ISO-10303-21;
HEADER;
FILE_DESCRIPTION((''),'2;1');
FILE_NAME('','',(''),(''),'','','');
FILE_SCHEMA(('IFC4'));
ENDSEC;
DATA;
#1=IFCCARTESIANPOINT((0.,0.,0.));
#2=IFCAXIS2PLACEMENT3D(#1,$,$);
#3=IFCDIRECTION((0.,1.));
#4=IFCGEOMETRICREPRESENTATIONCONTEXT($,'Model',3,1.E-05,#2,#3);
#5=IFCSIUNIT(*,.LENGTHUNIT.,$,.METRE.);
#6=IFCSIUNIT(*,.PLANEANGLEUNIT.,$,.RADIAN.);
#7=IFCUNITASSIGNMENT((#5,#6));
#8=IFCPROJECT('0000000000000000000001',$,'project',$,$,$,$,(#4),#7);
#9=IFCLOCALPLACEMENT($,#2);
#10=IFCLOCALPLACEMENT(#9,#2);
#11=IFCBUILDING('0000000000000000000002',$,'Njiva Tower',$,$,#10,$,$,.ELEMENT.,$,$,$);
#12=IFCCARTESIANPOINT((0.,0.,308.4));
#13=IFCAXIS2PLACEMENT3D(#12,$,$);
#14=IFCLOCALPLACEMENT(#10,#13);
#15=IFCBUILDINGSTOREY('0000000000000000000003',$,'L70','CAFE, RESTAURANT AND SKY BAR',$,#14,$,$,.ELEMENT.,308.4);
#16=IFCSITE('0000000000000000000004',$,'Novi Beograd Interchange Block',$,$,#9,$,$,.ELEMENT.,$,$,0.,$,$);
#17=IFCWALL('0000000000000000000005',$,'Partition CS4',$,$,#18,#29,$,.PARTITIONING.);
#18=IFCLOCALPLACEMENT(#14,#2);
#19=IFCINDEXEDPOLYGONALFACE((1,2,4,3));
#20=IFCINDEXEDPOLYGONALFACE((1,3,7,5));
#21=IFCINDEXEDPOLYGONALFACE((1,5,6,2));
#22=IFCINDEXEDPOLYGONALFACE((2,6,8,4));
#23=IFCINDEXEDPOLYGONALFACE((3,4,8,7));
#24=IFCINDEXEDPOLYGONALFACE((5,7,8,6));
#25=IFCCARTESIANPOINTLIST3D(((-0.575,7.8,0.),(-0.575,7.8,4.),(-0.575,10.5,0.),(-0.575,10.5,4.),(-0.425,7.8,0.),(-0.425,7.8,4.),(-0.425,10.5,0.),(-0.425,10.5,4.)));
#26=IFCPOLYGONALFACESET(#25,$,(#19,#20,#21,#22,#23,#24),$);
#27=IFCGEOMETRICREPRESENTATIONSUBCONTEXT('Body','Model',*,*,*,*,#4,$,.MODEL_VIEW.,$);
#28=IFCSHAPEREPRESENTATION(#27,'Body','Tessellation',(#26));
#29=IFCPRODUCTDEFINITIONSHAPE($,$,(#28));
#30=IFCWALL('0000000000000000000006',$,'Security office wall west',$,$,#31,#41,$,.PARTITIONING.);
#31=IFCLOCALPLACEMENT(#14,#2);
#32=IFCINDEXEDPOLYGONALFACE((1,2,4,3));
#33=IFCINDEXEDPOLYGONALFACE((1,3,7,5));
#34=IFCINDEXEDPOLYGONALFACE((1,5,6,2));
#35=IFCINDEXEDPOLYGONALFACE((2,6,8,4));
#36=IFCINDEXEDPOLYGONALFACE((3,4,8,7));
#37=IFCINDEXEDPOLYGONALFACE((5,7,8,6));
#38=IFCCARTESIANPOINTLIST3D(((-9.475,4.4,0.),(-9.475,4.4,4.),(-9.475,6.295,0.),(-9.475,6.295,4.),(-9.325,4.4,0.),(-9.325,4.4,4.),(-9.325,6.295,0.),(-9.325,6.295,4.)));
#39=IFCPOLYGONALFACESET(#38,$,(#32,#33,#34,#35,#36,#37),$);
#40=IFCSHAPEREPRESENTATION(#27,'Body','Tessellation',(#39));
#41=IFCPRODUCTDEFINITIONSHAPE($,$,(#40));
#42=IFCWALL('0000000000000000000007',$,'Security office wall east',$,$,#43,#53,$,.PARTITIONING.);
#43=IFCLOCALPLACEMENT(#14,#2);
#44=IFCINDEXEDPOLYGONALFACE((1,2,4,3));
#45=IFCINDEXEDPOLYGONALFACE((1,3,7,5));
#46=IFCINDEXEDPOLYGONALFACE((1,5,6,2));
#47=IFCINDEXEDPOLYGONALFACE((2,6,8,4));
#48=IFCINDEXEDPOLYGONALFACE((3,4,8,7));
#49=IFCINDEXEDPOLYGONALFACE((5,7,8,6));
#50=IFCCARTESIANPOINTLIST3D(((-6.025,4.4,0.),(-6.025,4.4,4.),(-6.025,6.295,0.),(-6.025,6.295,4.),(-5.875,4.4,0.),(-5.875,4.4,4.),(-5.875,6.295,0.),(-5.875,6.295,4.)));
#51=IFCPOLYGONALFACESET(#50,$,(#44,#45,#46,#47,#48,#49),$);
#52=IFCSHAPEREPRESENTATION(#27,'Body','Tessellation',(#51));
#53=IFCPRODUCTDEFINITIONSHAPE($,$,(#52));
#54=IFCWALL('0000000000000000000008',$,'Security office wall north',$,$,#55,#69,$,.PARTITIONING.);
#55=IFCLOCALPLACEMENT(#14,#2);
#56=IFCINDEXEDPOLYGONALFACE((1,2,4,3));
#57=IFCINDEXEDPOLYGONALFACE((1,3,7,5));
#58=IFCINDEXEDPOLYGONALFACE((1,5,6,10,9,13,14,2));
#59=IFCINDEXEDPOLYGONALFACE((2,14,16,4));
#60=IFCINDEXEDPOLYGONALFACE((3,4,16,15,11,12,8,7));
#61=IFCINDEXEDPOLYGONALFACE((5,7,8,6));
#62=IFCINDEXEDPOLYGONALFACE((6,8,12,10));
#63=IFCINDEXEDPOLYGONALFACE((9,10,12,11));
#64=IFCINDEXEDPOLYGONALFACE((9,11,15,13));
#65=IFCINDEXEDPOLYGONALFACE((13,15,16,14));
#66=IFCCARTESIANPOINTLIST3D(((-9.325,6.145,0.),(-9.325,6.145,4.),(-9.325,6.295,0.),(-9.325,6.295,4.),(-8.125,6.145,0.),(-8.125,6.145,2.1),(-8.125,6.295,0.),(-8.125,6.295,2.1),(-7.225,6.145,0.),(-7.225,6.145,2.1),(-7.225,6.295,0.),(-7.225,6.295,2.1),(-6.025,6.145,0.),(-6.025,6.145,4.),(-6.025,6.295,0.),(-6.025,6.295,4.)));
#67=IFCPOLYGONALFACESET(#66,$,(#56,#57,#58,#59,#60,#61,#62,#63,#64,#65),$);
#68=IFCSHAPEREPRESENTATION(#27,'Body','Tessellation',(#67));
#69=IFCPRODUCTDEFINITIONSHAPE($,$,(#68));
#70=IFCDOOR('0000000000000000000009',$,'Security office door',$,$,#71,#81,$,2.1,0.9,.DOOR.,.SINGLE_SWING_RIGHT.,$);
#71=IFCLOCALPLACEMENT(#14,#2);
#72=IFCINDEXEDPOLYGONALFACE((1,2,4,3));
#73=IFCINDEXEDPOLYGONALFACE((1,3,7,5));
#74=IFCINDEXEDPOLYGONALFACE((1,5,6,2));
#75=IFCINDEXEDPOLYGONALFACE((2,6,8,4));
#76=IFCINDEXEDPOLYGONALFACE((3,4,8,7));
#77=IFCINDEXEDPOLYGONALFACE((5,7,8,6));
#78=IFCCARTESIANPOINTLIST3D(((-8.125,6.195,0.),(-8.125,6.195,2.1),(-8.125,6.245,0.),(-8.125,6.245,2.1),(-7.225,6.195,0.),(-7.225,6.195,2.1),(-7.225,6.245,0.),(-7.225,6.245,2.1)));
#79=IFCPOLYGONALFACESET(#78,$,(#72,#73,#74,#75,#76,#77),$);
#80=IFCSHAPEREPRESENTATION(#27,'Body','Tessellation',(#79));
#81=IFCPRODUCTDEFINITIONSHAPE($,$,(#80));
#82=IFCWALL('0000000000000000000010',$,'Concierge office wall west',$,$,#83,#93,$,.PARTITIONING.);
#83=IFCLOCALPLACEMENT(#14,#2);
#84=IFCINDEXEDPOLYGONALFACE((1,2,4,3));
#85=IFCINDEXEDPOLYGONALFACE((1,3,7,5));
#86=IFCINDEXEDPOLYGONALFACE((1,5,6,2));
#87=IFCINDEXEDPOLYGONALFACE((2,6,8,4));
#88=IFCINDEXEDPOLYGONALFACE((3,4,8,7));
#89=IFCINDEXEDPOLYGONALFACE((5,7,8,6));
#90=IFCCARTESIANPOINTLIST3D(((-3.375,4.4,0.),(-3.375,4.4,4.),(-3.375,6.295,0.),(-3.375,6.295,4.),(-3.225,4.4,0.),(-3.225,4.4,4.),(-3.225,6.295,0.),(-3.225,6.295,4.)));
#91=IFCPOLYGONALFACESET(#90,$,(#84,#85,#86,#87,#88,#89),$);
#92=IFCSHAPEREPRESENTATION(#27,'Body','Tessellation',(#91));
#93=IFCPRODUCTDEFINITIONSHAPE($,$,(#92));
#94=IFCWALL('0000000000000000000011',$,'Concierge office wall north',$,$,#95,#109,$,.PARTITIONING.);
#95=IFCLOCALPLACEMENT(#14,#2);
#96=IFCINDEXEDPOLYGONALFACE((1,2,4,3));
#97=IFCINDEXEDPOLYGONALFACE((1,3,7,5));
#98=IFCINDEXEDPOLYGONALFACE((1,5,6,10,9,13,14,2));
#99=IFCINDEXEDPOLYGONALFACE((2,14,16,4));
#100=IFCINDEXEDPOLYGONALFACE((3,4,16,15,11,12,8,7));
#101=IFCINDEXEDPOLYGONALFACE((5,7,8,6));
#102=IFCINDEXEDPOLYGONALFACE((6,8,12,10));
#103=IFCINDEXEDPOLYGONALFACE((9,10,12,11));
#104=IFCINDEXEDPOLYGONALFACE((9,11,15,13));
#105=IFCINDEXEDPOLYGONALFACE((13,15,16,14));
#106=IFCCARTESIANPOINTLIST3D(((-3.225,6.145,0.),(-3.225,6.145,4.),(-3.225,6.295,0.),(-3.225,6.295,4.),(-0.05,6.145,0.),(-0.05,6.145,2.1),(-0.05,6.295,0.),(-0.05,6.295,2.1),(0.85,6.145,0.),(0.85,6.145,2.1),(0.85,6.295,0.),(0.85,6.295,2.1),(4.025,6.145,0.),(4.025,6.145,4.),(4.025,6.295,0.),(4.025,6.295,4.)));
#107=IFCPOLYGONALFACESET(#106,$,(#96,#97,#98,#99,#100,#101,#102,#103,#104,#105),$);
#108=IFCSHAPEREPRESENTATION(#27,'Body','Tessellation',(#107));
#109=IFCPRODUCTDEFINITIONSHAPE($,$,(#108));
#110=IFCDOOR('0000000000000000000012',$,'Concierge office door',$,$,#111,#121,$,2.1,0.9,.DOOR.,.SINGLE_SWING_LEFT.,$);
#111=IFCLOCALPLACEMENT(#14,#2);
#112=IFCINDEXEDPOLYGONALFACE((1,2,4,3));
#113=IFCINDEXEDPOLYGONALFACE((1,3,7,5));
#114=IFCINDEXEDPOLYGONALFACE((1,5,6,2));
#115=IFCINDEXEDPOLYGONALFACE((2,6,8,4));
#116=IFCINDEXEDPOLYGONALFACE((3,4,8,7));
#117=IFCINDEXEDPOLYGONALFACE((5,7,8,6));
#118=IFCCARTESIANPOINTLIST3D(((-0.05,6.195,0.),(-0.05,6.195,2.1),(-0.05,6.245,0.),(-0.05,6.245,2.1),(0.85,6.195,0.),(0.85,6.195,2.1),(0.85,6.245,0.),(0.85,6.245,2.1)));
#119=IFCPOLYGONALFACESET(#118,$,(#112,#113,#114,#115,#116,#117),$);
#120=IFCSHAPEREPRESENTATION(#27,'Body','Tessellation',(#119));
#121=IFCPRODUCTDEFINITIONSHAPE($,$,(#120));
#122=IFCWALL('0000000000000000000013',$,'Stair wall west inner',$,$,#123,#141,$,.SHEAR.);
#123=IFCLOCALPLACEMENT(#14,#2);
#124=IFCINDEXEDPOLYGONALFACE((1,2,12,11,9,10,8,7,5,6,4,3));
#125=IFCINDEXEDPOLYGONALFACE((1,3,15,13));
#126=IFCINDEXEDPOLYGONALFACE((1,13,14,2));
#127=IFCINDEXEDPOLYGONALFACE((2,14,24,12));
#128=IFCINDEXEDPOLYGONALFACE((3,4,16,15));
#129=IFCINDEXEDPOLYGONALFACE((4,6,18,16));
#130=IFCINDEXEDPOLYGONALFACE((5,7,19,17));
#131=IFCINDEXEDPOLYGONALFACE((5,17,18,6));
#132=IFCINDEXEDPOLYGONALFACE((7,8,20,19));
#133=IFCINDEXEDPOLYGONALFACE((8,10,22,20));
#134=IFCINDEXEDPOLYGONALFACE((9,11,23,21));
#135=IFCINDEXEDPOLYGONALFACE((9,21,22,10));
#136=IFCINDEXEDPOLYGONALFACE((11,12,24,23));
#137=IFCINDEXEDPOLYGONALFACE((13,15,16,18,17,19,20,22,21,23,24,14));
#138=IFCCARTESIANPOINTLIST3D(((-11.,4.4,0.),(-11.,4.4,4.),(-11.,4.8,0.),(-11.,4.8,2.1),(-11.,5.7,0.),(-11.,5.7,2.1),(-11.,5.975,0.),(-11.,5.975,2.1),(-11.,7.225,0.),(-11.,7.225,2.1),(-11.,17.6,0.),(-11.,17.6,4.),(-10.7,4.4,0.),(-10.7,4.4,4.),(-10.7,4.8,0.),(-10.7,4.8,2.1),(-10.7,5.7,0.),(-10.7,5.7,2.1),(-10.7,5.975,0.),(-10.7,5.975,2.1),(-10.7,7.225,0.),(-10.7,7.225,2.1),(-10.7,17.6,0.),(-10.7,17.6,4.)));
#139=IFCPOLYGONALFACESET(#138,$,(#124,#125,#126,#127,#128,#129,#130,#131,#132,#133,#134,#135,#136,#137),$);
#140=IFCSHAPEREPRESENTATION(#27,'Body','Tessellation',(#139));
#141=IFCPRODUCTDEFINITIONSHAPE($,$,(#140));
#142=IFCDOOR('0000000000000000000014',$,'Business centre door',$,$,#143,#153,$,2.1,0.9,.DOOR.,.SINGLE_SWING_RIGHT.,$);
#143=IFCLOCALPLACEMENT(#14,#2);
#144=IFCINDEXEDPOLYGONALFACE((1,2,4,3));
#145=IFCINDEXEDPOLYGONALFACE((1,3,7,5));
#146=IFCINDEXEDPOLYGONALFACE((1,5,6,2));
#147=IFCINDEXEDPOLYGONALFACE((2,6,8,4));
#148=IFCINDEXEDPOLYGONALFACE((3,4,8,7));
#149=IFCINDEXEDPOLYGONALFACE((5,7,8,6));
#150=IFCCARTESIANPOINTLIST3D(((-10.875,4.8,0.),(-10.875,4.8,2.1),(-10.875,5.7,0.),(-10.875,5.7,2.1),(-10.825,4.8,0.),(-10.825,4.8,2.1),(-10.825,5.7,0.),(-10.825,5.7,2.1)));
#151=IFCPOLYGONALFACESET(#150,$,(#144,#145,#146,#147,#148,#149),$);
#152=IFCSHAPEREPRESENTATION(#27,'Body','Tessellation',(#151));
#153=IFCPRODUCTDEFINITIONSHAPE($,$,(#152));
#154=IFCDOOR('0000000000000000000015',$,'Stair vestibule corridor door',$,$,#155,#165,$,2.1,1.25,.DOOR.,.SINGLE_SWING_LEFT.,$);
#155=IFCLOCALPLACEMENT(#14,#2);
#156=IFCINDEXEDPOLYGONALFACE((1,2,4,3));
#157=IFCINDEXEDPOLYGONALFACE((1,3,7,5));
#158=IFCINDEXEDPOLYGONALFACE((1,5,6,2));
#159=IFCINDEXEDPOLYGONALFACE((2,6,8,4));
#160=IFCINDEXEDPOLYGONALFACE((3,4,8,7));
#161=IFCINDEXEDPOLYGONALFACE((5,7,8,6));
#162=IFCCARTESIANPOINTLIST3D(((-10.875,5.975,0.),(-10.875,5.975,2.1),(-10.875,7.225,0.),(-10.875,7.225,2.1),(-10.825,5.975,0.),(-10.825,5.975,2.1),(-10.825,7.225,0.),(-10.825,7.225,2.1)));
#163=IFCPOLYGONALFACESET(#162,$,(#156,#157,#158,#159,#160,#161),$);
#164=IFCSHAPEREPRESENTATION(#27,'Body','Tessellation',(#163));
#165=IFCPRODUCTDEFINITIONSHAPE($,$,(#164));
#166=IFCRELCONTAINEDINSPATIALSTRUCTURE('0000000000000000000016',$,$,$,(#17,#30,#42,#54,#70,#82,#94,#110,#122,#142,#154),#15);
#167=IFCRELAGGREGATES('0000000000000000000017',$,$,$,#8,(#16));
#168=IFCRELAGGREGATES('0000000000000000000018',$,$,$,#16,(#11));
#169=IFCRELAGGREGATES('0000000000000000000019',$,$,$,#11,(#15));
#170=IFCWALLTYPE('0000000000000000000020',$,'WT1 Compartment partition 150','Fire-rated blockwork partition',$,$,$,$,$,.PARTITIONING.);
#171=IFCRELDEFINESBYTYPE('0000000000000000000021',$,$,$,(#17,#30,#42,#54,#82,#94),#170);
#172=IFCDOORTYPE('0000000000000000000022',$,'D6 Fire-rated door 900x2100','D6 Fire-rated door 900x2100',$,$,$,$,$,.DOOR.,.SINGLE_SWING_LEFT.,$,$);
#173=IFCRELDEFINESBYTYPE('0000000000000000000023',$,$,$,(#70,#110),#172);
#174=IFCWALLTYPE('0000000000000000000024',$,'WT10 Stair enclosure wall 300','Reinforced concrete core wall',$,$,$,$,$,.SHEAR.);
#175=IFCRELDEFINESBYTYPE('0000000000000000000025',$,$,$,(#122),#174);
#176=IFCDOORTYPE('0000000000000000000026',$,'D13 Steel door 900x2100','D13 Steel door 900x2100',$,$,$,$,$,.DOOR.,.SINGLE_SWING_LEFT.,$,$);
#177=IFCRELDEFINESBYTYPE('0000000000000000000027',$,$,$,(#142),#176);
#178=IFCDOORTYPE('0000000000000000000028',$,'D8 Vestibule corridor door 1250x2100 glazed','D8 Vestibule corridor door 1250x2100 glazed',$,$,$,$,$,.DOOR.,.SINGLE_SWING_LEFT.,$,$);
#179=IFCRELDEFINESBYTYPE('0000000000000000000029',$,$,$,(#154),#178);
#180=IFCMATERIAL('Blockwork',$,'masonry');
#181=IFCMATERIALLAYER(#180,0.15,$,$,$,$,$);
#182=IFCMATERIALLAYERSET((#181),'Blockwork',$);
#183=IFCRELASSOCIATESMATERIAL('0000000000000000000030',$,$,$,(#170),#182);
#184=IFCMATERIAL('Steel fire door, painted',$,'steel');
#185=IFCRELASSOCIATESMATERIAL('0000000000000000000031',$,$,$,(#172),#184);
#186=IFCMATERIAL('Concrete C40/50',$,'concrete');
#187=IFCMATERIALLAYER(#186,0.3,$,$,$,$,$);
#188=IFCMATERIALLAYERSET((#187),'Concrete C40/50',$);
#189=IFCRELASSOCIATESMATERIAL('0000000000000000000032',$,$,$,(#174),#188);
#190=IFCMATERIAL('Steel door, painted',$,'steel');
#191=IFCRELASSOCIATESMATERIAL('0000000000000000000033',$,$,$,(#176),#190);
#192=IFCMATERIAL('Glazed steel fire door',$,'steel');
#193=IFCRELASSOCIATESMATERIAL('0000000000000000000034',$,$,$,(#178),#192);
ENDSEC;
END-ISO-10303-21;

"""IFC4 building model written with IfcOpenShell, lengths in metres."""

from ifc_helpers import new_model, si_unit, direction, frame, frame_2d, origin, place, context, subcontext, project, spatial, rectangle, extrude, material, layer, layer_set, type_object, element, fill, save


model = new_model("IFC4")

# Units and contexts
model_context = context("Model", 3, precision=1e-05, world=origin(), true_north=direction((0.0, 1.0)))
body_context = subcontext(model_context, "Body", "Model", "MODEL_VIEW")
ifc_project = project(units=[si_unit("LENGTHUNIT", "METRE"), si_unit("PLANEANGLEUNIT", "RADIAN")], contexts=[model_context])

# Site, building, storey
site_placement = place(None, origin())
site = spatial("IfcSite", under=ifc_project, at=site_placement, Name="Novi Beograd Interchange Block", CompositionType="ELEMENT", RefElevation=0.0)
building_placement = place(site_placement, origin())
building = spatial("IfcBuilding", under=site, at=building_placement, Name="Njiva Tower", CompositionType="ELEMENT")
storey_placement = place(building_placement, frame((0.0, 0.0, 308.4)))
storey = spatial("IfcBuildingStorey", under=building, at=storey_placement, Name="L70", Description="CAFE, RESTAURANT AND SKY BAR", CompositionType="ELEMENT", Elevation=308.4)

# Walls
ifc_material_1 = material(Name="Blockwork", Category="masonry")
ifc_layer_1 = layer(ifc_material_1, 0.15)
ifc_layer_set_1 = layer_set([ifc_layer_1], Name="Blockwork")
wall_type_1 = type_object("IfcWallType", Name="WT1 Compartment partition 150", Description="Fire-rated blockwork partition", PredefinedType="PARTITIONING", material=ifc_layer_set_1)
wall_1_placement = place(storey_placement, frame((-0.5, 7.8, 0.0), z_axis=(0.0, 0.0, 1.0), x_axis=(0.0, 1.0, 0.0)))
element("IfcWall", 1, at=wall_1_placement, inside=storey, type_object=wall_type_1, Name="Partition CS4", PredefinedType="PARTITIONING", context=body_context, shape_type="SweptSolid", body=[
    extrude(rectangle(XDim=2.7, YDim=0.15, at=frame_2d((1.35, 0.0))), origin(), (0.0, 0.0, 1.0), 4.0),
])
for number, where, z_axis, x_axis, name in (
    (2, (-9.4, 4.4, 0.0), (0.0, 0.0, 1.0), (0.0, 1.0, 0.0), "Security office wall west"),
    (3, (-5.95, 4.4, 0.0), (0.0, 0.0, 1.0), (0.0, 1.0, 0.0), "Security office wall east"),
):
    element("IfcWall", number, at=place(storey_placement, frame(where, z_axis=z_axis, x_axis=x_axis)), inside=storey, type_object=wall_type_1, Name=name, PredefinedType="PARTITIONING", context=body_context, shape_type="SweptSolid", body=[
        extrude(rectangle(XDim=1.895, YDim=0.15, at=frame_2d((0.9475, 0.0))), origin(), (0.0, 0.0, 1.0), 4.0),
    ])

# Wall, opening, door
wall_2_placement = place(storey_placement, frame((-9.325, 6.22, 0.0), z_axis=(0.0, 0.0, 1.0), x_axis=(1.0, 0.0, 0.0)))
wall_2 = element("IfcWall", 4, at=wall_2_placement, inside=storey, type_object=wall_type_1, Name="Security office wall north", PredefinedType="PARTITIONING", context=body_context, shape_type="SweptSolid", body=[
    extrude(rectangle(XDim=3.3, YDim=0.15, at=frame_2d((1.65, 0.0))), origin(), (0.0, 0.0, 1.0), 4.0),
])
opening_1_placement = place(wall_2_placement, frame((1.2, 0.0, 0.0)))
opening_1 = element("IfcOpeningElement", 5, at=opening_1_placement, cuts=wall_2, PredefinedType="OPENING", context=body_context, shape_type="SweptSolid", body=[
    extrude(rectangle(XDim=0.9, YDim=2.1, at=frame_2d((0.45, 1.05))), frame((0.0, 0.085, 0.0), z_axis=(0.0, -1.0, 0.0), x_axis=(1.0, 0.0, 0.0)), (0.0, 0.0, 1.0), 0.17),
])
ifc_material_2 = material(Name="Steel fire door, painted", Category="steel")
door_type_1 = type_object("IfcDoorType", Name="D6 Fire-rated door 900x2100", Description="D6 Fire-rated door 900x2100", OperationType="SINGLE_SWING_LEFT", PredefinedType="DOOR", material=ifc_material_2)
door_1_placement = place(opening_1_placement, origin())
door_1 = element("IfcDoor", 6, at=door_1_placement, inside=storey, type_object=door_type_1, Name="Security office door", OperationType="SINGLE_SWING_RIGHT", OverallHeight=2.1, OverallWidth=0.9, PredefinedType="DOOR", context=body_context, shape_type="SweptSolid", body=[
    extrude(rectangle(XDim=0.9, YDim=2.1, at=frame_2d((0.45, 1.05))), frame((0.0, 0.025, 0.0), z_axis=(0.0, -1.0, 0.0), x_axis=(1.0, 0.0, 0.0)), (0.0, 0.0, 1.0), 0.05),
])
fill(opening_1, door_1)

# Wall
wall_3_placement = place(storey_placement, frame((-3.3, 4.4, 0.0), z_axis=(0.0, 0.0, 1.0), x_axis=(0.0, 1.0, 0.0)))
element("IfcWall", 7, at=wall_3_placement, inside=storey, type_object=wall_type_1, Name="Concierge office wall west", PredefinedType="PARTITIONING", context=body_context, shape_type="SweptSolid", body=[
    extrude(rectangle(XDim=1.895, YDim=0.15, at=frame_2d((0.9475, 0.0))), origin(), (0.0, 0.0, 1.0), 4.0),
])

# Wall, opening, door
wall_4_placement = place(storey_placement, frame((-3.225, 6.22, 0.0), z_axis=(0.0, 0.0, 1.0), x_axis=(1.0, 0.0, 0.0)))
wall_4 = element("IfcWall", 8, at=wall_4_placement, inside=storey, type_object=wall_type_1, Name="Concierge office wall north", PredefinedType="PARTITIONING", context=body_context, shape_type="SweptSolid", body=[
    extrude(rectangle(XDim=7.25, YDim=0.15, at=frame_2d((3.625, 0.0))), origin(), (0.0, 0.0, 1.0), 4.0),
])
opening_2_placement = place(wall_4_placement, frame((3.175, 0.0, 0.0)))
opening_2 = element("IfcOpeningElement", 9, at=opening_2_placement, cuts=wall_4, PredefinedType="OPENING", context=body_context, shape_type="SweptSolid", body=[
    extrude(rectangle(XDim=0.9, YDim=2.1, at=frame_2d((0.45, 1.05))), frame((0.0, 0.085, 0.0), z_axis=(0.0, -1.0, 0.0), x_axis=(1.0, 0.0, 0.0)), (0.0, 0.0, 1.0), 0.17),
])
door_2_placement = place(opening_2_placement, origin())
door_2 = element("IfcDoor", 10, at=door_2_placement, inside=storey, type_object=door_type_1, Name="Concierge office door", OperationType="SINGLE_SWING_LEFT", OverallHeight=2.1, OverallWidth=0.9, PredefinedType="DOOR", context=body_context, shape_type="SweptSolid", body=[
    extrude(rectangle(XDim=0.9, YDim=2.1, at=frame_2d((0.45, 1.05))), frame((0.0, 0.025, 0.0), z_axis=(0.0, -1.0, 0.0), x_axis=(1.0, 0.0, 0.0)), (0.0, 0.0, 1.0), 0.05),
])
fill(opening_2, door_2)

# Wall, openings, doors
ifc_material_3 = material(Name="Concrete C40/50", Category="concrete")
ifc_layer_2 = layer(ifc_material_3, 0.3)
ifc_layer_set_2 = layer_set([ifc_layer_2], Name="Concrete C40/50")
wall_type_2 = type_object("IfcWallType", Name="WT10 Stair enclosure wall 300", Description="Reinforced concrete core wall", PredefinedType="SHEAR", material=ifc_layer_set_2)
wall_5_placement = place(storey_placement, frame((-10.85, 4.4, 0.0), z_axis=(0.0, 0.0, 1.0), x_axis=(0.0, 1.0, 0.0)))
wall_5 = element("IfcWall", 11, at=wall_5_placement, inside=storey, type_object=wall_type_2, Name="Stair wall west inner", PredefinedType="SHEAR", context=body_context, shape_type="SweptSolid", body=[
    extrude(rectangle(XDim=13.2, YDim=0.3, at=frame_2d((6.6, 0.0))), origin(), (0.0, 0.0, 1.0), 4.0),
])
opening_3_placement = place(wall_5_placement, frame((1.575, 0.0, 0.0)))
opening_3 = element("IfcOpeningElement", 12, at=opening_3_placement, cuts=wall_5, PredefinedType="OPENING", context=body_context, shape_type="SweptSolid", body=[
    extrude(rectangle(XDim=1.25, YDim=2.1, at=frame_2d((0.625, 1.05))), frame((0.0, 0.16, 0.0), z_axis=(0.0, -1.0, 0.0), x_axis=(1.0, 0.0, 0.0)), (0.0, 0.0, 1.0), 0.32),
])
opening_4_placement = place(wall_5_placement, frame((0.4, 0.0, 0.0)))
opening_4 = element("IfcOpeningElement", 13, at=opening_4_placement, cuts=wall_5, PredefinedType="OPENING", context=body_context, shape_type="SweptSolid", body=[
    extrude(rectangle(XDim=0.9, YDim=2.1, at=frame_2d((0.45, 1.05))), frame((0.0, 0.16, 0.0), z_axis=(0.0, -1.0, 0.0), x_axis=(1.0, 0.0, 0.0)), (0.0, 0.0, 1.0), 0.32),
])
ifc_material_4 = material(Name="Steel door, painted", Category="steel")
door_type_2 = type_object("IfcDoorType", Name="D13 Steel door 900x2100", Description="D13 Steel door 900x2100", OperationType="SINGLE_SWING_LEFT", PredefinedType="DOOR", material=ifc_material_4)
door_3_placement = place(opening_4_placement, origin())
door_3 = element("IfcDoor", 14, at=door_3_placement, inside=storey, type_object=door_type_2, Name="Business centre door", OperationType="SINGLE_SWING_RIGHT", OverallHeight=2.1, OverallWidth=0.9, PredefinedType="DOOR", context=body_context, shape_type="SweptSolid", body=[
    extrude(rectangle(XDim=0.9, YDim=2.1, at=frame_2d((0.45, 1.05))), frame((0.0, 0.025, 0.0), z_axis=(0.0, -1.0, 0.0), x_axis=(1.0, 0.0, 0.0)), (0.0, 0.0, 1.0), 0.05),
])
fill(opening_4, door_3)
ifc_material_5 = material(Name="Glazed steel fire door", Category="steel")
door_type_3 = type_object("IfcDoorType", Name="D8 Vestibule corridor door 1250x2100 glazed", Description="D8 Vestibule corridor door 1250x2100 glazed", OperationType="SINGLE_SWING_LEFT", PredefinedType="DOOR", material=ifc_material_5)
door_4_placement = place(opening_3_placement, origin())
door_4 = element("IfcDoor", 15, at=door_4_placement, inside=storey, type_object=door_type_3, Name="Stair vestibule corridor door", OperationType="SINGLE_SWING_LEFT", OverallHeight=2.1, OverallWidth=1.25, PredefinedType="DOOR", context=body_context, shape_type="SweptSolid", body=[
    extrude(rectangle(XDim=1.25, YDim=2.1, at=frame_2d((0.625, 1.05))), frame((0.0, 0.025, 0.0), z_axis=(0.0, -1.0, 0.0), x_axis=(1.0, 0.0, 0.0)), (0.0, 0.0, 1.0), 0.05),
])
fill(opening_3, door_4)

save(model, "model.ifc")
